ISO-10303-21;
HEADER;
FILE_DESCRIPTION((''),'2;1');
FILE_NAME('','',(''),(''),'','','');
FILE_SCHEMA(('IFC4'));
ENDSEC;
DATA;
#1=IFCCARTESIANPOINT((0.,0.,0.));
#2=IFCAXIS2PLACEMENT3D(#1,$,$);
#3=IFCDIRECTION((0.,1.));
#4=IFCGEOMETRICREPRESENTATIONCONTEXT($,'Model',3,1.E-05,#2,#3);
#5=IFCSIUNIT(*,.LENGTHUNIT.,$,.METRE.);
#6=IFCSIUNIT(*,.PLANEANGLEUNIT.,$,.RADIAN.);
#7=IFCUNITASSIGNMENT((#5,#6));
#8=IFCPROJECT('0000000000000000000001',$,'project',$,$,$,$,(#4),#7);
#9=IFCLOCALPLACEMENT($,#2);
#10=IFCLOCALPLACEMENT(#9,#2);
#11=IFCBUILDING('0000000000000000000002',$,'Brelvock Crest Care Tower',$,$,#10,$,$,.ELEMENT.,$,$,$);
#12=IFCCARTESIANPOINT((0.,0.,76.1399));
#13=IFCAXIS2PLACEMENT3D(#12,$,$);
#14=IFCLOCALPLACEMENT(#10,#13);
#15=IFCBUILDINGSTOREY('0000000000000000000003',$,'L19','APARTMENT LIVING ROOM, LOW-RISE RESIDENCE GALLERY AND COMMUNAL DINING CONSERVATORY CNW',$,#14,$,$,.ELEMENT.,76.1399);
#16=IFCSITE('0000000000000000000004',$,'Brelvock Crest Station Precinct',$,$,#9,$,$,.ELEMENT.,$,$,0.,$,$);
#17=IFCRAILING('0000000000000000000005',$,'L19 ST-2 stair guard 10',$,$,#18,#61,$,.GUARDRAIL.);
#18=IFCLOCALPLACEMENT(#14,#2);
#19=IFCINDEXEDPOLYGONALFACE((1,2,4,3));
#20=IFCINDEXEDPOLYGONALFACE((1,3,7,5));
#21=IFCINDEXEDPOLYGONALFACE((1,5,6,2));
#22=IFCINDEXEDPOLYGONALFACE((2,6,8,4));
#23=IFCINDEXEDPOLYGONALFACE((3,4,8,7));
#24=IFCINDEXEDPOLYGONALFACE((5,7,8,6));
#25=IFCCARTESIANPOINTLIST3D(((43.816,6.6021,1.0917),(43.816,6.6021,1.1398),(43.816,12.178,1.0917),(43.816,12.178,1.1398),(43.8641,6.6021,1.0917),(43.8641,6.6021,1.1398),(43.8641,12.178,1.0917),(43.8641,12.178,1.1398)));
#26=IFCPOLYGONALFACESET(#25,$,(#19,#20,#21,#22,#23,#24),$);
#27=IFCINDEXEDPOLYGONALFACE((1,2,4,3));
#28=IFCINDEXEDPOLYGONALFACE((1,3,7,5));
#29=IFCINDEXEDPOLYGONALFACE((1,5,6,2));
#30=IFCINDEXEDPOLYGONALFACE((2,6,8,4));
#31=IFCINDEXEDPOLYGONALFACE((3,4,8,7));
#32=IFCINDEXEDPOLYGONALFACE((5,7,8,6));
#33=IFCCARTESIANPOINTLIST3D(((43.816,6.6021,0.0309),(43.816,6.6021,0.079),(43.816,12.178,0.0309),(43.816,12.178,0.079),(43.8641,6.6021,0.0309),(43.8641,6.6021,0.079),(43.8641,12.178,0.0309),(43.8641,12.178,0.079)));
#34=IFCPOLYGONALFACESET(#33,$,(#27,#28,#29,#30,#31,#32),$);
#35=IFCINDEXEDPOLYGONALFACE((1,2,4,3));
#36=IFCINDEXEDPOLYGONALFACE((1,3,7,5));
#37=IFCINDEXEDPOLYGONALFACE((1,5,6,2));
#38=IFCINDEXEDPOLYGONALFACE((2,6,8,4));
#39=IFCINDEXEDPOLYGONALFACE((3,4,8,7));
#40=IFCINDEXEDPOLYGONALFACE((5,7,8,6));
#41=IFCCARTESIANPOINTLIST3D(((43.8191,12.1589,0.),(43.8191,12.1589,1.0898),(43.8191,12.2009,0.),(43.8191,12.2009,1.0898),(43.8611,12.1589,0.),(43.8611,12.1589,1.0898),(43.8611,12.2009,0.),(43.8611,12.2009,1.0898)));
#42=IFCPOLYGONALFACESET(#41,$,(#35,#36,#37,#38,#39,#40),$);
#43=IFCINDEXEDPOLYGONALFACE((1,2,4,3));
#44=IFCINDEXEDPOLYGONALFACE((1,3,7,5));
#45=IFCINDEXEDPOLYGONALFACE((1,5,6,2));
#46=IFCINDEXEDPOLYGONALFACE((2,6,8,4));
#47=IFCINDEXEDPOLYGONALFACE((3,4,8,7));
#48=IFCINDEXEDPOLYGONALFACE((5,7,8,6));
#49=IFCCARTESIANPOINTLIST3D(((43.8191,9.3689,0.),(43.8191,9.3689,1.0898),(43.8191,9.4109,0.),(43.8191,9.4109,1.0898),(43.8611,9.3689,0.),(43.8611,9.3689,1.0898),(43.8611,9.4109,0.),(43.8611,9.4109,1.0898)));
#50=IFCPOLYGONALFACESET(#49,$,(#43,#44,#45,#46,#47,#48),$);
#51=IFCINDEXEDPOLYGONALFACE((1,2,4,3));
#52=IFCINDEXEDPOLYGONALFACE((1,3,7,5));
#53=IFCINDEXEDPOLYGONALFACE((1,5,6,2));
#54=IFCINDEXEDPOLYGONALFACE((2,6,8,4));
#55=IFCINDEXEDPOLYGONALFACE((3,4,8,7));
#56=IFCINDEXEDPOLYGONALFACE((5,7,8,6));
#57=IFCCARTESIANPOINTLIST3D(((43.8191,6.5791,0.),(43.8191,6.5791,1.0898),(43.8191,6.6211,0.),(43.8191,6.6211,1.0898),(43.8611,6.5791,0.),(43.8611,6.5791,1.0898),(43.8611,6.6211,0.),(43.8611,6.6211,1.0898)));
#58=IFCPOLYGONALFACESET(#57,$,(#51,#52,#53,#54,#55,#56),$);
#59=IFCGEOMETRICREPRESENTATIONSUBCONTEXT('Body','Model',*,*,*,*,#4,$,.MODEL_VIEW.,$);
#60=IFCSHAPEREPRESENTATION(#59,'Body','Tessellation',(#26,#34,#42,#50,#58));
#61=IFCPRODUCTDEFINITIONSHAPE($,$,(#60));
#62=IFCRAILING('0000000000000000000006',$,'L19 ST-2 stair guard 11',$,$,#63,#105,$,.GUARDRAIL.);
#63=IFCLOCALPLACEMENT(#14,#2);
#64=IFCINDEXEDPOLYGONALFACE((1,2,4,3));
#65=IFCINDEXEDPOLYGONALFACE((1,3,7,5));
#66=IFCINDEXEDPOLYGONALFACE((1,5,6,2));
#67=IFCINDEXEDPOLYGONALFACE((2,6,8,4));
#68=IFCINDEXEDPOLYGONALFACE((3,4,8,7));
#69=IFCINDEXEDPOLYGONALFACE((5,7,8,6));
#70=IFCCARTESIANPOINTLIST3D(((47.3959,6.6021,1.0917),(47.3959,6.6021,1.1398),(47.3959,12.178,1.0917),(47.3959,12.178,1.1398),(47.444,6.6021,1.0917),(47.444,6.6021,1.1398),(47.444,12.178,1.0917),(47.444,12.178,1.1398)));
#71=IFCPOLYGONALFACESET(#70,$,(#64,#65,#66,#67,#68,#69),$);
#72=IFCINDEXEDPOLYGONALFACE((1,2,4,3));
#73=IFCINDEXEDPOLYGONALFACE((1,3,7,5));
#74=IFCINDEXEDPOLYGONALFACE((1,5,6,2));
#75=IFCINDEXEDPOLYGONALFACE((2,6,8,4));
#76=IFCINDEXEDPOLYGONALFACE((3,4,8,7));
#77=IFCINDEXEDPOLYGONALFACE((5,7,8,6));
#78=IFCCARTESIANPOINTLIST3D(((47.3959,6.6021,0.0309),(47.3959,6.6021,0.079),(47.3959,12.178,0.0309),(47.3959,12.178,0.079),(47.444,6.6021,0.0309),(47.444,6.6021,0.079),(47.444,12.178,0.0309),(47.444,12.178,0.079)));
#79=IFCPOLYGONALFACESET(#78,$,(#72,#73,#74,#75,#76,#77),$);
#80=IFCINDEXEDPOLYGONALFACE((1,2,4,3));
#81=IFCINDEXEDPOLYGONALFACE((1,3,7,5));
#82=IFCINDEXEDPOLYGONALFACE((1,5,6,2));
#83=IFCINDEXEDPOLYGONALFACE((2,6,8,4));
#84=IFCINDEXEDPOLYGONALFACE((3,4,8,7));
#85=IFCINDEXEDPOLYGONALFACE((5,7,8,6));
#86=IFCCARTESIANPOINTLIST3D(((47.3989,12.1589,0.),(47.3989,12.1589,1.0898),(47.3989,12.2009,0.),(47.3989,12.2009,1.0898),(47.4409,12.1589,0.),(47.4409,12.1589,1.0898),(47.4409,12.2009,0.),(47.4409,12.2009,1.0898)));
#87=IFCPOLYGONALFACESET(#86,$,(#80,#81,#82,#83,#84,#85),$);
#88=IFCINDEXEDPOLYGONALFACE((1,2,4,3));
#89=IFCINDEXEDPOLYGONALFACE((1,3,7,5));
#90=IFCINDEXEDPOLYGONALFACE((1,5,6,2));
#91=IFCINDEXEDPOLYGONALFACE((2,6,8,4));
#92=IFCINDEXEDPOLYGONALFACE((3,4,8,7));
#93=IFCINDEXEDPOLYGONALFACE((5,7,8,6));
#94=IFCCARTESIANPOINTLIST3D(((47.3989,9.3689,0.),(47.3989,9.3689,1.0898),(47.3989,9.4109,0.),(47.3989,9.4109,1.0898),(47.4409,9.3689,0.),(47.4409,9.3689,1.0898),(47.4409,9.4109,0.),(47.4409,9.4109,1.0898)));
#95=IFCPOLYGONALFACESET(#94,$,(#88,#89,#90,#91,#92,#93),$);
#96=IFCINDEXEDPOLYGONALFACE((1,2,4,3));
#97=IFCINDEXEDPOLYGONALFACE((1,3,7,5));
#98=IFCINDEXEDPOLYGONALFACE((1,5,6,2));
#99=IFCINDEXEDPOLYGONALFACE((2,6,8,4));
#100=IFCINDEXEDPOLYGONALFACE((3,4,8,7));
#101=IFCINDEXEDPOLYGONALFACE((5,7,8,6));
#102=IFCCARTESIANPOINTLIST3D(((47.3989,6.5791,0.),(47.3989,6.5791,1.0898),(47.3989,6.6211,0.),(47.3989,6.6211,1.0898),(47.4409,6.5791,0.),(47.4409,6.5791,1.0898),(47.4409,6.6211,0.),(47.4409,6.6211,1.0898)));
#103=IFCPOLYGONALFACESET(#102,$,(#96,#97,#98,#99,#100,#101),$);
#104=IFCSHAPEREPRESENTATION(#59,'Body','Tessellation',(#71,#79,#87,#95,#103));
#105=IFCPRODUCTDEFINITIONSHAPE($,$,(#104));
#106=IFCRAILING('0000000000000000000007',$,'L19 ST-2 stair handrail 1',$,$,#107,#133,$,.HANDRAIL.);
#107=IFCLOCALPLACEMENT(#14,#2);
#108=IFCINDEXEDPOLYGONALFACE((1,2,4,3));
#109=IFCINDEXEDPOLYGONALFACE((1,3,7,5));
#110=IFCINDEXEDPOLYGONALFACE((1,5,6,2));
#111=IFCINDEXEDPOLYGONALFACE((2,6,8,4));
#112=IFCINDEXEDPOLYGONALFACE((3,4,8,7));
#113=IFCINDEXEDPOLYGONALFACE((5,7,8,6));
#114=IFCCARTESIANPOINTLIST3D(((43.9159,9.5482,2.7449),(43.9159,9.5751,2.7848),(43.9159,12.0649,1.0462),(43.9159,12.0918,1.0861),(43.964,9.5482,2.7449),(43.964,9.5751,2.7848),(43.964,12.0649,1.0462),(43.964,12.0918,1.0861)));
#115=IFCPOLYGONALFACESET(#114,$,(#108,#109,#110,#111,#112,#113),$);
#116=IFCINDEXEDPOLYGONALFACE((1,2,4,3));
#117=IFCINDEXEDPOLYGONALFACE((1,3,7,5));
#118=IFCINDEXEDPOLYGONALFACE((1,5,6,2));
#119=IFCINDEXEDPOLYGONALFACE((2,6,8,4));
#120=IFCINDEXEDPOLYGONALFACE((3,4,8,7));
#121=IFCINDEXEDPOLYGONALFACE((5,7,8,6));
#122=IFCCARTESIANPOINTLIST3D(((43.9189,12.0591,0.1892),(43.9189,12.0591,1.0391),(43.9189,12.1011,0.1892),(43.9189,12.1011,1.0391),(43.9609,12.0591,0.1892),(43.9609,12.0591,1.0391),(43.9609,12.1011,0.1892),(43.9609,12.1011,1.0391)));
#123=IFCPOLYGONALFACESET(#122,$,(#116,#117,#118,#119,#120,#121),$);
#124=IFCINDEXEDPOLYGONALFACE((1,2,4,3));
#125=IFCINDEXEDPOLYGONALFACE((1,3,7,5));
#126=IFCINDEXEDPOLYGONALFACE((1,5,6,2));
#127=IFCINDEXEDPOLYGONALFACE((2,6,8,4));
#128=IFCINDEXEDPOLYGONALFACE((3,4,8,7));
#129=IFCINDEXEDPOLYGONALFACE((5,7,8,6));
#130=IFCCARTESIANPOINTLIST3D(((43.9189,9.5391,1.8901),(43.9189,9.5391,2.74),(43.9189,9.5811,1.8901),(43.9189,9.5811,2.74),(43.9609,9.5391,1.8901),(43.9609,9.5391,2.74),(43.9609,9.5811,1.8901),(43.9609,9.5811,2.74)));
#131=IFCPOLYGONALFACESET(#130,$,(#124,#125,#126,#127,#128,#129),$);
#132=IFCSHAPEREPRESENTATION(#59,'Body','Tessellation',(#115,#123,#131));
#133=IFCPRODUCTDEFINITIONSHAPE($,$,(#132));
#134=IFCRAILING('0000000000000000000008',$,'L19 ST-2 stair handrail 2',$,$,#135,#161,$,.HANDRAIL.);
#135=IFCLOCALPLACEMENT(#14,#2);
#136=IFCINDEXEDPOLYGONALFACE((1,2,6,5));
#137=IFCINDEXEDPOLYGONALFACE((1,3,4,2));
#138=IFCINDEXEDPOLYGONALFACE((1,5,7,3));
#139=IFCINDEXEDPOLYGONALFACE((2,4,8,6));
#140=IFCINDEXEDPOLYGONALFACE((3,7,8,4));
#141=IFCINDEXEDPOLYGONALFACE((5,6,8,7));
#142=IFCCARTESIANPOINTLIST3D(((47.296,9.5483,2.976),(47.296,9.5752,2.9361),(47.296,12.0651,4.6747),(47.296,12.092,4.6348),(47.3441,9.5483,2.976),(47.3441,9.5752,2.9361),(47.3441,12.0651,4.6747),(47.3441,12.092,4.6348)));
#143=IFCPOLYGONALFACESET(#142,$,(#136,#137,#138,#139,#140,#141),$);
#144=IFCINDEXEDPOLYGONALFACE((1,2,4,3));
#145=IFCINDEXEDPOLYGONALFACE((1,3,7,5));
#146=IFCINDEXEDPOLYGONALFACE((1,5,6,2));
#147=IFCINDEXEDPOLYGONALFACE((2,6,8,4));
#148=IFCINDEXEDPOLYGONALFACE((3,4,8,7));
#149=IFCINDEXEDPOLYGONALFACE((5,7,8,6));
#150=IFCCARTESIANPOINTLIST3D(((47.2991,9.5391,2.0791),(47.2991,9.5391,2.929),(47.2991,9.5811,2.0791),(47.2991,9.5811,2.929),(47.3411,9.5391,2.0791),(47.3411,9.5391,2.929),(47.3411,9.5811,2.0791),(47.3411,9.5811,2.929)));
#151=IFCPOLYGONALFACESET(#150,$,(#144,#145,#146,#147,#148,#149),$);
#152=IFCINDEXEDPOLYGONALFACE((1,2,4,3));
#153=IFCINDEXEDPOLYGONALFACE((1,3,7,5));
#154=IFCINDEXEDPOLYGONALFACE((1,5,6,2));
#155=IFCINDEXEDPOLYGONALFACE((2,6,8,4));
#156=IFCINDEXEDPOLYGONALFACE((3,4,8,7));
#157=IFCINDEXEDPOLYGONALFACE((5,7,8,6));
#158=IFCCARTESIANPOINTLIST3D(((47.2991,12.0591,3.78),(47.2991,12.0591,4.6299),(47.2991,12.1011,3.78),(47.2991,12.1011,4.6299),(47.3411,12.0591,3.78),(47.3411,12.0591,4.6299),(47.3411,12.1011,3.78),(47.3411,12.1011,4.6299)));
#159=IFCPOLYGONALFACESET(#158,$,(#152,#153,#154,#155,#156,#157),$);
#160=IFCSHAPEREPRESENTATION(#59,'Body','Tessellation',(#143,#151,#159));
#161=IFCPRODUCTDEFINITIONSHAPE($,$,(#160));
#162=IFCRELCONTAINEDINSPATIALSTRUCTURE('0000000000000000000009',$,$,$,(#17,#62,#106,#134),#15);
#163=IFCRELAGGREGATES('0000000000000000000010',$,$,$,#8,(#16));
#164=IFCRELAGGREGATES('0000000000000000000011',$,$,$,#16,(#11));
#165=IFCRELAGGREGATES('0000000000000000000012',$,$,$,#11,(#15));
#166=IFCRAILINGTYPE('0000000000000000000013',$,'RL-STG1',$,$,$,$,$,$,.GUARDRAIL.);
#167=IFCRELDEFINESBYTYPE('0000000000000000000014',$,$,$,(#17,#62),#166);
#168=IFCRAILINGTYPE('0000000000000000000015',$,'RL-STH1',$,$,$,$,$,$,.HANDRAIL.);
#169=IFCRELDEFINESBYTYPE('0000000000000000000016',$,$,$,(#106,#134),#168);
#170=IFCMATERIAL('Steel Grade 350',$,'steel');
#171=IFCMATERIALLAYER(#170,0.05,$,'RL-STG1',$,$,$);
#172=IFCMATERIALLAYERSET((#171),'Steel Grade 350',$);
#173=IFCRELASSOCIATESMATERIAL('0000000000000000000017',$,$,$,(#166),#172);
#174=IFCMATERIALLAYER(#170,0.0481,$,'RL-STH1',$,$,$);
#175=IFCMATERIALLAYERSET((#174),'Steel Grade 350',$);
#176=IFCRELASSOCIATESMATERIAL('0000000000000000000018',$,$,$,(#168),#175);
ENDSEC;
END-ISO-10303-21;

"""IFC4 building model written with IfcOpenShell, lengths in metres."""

from ifc_helpers import new_model, si_unit, direction, frame, origin, origin_2d, place, context, subcontext, project, spatial, rectangle, extrude, material, layer, layer_set, type_object, element, save


model = new_model("IFC4")

# Units and contexts
model_context = context("Model", 3, precision=1e-05, world=origin(), true_north=direction((0.0, 1.0)))
body_context = subcontext(model_context, "Body", "Model", "MODEL_VIEW")
ifc_project = project(units=[si_unit("LENGTHUNIT", "METRE"), si_unit("PLANEANGLEUNIT", "RADIAN")], contexts=[model_context])

# Site, building, storey
site_placement = place(None, origin())
site = spatial("IfcSite", under=ifc_project, at=site_placement, Name="Brelvock Crest Station Precinct", CompositionType="ELEMENT", RefElevation=0.0)
building_placement = place(site_placement, origin())
building = spatial("IfcBuilding", under=site, at=building_placement, Name="Brelvock Crest Care Tower", CompositionType="ELEMENT")
storey_placement = place(building_placement, frame((0.0, 0.0, 76.1399)))
storey = spatial("IfcBuildingStorey", under=building, at=storey_placement, Name="L19", Description="APARTMENT LIVING ROOM, LOW-RISE RESIDENCE GALLERY AND COMMUNAL DINING CONSERVATORY CNW", CompositionType="ELEMENT", Elevation=76.1399)

# Shared definitions
ifc_material_1 = material(Name="Steel Grade 350", Category="steel")

# Railings
ifc_layer_1 = layer(ifc_material_1, 0.05, Name="RL-STG1")
ifc_layer_set_1 = layer_set([ifc_layer_1], Name="Steel Grade 350")
railing_type_1 = type_object("IfcRailingType", Name="RL-STG1", PredefinedType="GUARDRAIL", material=ifc_layer_set_1)
for number, where, name in (
    (1, (43.8401, 12.1799, 0.0), "L19 ST-2 stair guard 10"),
    (2, (47.4199, 12.1799, 0.0), "L19 ST-2 stair guard 11"),
):
    element("IfcRailing", number, at=place(storey_placement, frame(where)), inside=storey, type_object=railing_type_1, Name=name, PredefinedType="GUARDRAIL", context=body_context, shape_type="SweptSolid", body=[
        extrude(rectangle(XDim=0.0481, YDim=0.0481, at=origin_2d()), frame((0.0, -0.002, 1.1157), z_axis=(0.0, -1.0, 0.0), x_axis=(1.0, 0.0, 0.0)), (0.0, 0.0, 1.0), 5.5759),
        extrude(rectangle(XDim=0.0481, YDim=0.0481, at=origin_2d()), frame((0.0, -0.002, 0.0549), z_axis=(0.0, -1.0, 0.0), x_axis=(1.0, 0.0, 0.0)), (0.0, 0.0, 1.0), 5.5759),
        extrude(rectangle(XDim=0.042, YDim=0.042, at=origin_2d()), origin(), (0.0, 0.0, 1.0), 1.0898),
        extrude(rectangle(XDim=0.042, YDim=0.042, at=origin_2d()), frame((0.0, -2.79, 0.0)), (0.0, 0.0, 1.0), 1.0898),
        extrude(rectangle(XDim=0.042, YDim=0.042, at=origin_2d()), frame((0.0, -5.5798, 0.0)), (0.0, 0.0, 1.0), 1.0898),
    ])
ifc_layer_2 = layer(ifc_material_1, 0.0481, Name="RL-STH1")
ifc_layer_set_2 = layer_set([ifc_layer_2], Name="Steel Grade 350")
railing_type_2 = type_object("IfcRailingType", Name="RL-STH1", PredefinedType="HANDRAIL", material=ifc_layer_set_2)
railing_1_placement = place(storey_placement, frame((43.9399, 12.0801, 0.1892)))
element("IfcRailing", 3, at=railing_1_placement, inside=storey, type_object=railing_type_2, Name="L19 ST-2 stair handrail 1", PredefinedType="HANDRAIL", context=body_context, shape_type="SweptSolid", body=[
    extrude(rectangle(XDim=0.0481, YDim=0.0481, at=origin_2d()), frame((0.0, -0.0017, 0.877), z_axis=(0.0, -0.828862, 0.559454), x_axis=(1.0, 0.0, 0.0)), (0.0, 0.0, 1.0), 3.0364),
    extrude(rectangle(XDim=0.042, YDim=0.042, at=origin_2d()), origin(), (0.0, 0.0, 1.0), 0.8499),
    extrude(rectangle(XDim=0.042, YDim=0.042, at=origin_2d()), frame((0.0, -2.52, 1.7009)), (0.0, 0.0, 1.0), 0.8499),
])
railing_2_placement = place(storey_placement, frame((47.3201, 9.5601, 2.0791)))
element("IfcRailing", 4, at=railing_2_placement, inside=storey, type_object=railing_type_2, Name="L19 ST-2 stair handrail 2", PredefinedType="HANDRAIL", context=body_context, shape_type="SweptSolid", body=[
    extrude(rectangle(XDim=0.0481, YDim=0.0481, at=origin_2d()), frame((0.0, 0.0017, 0.877), z_axis=(0.0, 0.828862, 0.559454), x_axis=(-1.0, 0.0, 0.0)), (0.0, 0.0, 1.0), 3.0364),
    extrude(rectangle(XDim=0.042, YDim=0.042, at=origin_2d()), origin(), (0.0, 0.0, 1.0), 0.8499),
    extrude(rectangle(XDim=0.042, YDim=0.042, at=origin_2d()), frame((0.0, 2.52, 1.7009)), (0.0, 0.0, 1.0), 0.8499),
])

save(model, "model.ifc")
